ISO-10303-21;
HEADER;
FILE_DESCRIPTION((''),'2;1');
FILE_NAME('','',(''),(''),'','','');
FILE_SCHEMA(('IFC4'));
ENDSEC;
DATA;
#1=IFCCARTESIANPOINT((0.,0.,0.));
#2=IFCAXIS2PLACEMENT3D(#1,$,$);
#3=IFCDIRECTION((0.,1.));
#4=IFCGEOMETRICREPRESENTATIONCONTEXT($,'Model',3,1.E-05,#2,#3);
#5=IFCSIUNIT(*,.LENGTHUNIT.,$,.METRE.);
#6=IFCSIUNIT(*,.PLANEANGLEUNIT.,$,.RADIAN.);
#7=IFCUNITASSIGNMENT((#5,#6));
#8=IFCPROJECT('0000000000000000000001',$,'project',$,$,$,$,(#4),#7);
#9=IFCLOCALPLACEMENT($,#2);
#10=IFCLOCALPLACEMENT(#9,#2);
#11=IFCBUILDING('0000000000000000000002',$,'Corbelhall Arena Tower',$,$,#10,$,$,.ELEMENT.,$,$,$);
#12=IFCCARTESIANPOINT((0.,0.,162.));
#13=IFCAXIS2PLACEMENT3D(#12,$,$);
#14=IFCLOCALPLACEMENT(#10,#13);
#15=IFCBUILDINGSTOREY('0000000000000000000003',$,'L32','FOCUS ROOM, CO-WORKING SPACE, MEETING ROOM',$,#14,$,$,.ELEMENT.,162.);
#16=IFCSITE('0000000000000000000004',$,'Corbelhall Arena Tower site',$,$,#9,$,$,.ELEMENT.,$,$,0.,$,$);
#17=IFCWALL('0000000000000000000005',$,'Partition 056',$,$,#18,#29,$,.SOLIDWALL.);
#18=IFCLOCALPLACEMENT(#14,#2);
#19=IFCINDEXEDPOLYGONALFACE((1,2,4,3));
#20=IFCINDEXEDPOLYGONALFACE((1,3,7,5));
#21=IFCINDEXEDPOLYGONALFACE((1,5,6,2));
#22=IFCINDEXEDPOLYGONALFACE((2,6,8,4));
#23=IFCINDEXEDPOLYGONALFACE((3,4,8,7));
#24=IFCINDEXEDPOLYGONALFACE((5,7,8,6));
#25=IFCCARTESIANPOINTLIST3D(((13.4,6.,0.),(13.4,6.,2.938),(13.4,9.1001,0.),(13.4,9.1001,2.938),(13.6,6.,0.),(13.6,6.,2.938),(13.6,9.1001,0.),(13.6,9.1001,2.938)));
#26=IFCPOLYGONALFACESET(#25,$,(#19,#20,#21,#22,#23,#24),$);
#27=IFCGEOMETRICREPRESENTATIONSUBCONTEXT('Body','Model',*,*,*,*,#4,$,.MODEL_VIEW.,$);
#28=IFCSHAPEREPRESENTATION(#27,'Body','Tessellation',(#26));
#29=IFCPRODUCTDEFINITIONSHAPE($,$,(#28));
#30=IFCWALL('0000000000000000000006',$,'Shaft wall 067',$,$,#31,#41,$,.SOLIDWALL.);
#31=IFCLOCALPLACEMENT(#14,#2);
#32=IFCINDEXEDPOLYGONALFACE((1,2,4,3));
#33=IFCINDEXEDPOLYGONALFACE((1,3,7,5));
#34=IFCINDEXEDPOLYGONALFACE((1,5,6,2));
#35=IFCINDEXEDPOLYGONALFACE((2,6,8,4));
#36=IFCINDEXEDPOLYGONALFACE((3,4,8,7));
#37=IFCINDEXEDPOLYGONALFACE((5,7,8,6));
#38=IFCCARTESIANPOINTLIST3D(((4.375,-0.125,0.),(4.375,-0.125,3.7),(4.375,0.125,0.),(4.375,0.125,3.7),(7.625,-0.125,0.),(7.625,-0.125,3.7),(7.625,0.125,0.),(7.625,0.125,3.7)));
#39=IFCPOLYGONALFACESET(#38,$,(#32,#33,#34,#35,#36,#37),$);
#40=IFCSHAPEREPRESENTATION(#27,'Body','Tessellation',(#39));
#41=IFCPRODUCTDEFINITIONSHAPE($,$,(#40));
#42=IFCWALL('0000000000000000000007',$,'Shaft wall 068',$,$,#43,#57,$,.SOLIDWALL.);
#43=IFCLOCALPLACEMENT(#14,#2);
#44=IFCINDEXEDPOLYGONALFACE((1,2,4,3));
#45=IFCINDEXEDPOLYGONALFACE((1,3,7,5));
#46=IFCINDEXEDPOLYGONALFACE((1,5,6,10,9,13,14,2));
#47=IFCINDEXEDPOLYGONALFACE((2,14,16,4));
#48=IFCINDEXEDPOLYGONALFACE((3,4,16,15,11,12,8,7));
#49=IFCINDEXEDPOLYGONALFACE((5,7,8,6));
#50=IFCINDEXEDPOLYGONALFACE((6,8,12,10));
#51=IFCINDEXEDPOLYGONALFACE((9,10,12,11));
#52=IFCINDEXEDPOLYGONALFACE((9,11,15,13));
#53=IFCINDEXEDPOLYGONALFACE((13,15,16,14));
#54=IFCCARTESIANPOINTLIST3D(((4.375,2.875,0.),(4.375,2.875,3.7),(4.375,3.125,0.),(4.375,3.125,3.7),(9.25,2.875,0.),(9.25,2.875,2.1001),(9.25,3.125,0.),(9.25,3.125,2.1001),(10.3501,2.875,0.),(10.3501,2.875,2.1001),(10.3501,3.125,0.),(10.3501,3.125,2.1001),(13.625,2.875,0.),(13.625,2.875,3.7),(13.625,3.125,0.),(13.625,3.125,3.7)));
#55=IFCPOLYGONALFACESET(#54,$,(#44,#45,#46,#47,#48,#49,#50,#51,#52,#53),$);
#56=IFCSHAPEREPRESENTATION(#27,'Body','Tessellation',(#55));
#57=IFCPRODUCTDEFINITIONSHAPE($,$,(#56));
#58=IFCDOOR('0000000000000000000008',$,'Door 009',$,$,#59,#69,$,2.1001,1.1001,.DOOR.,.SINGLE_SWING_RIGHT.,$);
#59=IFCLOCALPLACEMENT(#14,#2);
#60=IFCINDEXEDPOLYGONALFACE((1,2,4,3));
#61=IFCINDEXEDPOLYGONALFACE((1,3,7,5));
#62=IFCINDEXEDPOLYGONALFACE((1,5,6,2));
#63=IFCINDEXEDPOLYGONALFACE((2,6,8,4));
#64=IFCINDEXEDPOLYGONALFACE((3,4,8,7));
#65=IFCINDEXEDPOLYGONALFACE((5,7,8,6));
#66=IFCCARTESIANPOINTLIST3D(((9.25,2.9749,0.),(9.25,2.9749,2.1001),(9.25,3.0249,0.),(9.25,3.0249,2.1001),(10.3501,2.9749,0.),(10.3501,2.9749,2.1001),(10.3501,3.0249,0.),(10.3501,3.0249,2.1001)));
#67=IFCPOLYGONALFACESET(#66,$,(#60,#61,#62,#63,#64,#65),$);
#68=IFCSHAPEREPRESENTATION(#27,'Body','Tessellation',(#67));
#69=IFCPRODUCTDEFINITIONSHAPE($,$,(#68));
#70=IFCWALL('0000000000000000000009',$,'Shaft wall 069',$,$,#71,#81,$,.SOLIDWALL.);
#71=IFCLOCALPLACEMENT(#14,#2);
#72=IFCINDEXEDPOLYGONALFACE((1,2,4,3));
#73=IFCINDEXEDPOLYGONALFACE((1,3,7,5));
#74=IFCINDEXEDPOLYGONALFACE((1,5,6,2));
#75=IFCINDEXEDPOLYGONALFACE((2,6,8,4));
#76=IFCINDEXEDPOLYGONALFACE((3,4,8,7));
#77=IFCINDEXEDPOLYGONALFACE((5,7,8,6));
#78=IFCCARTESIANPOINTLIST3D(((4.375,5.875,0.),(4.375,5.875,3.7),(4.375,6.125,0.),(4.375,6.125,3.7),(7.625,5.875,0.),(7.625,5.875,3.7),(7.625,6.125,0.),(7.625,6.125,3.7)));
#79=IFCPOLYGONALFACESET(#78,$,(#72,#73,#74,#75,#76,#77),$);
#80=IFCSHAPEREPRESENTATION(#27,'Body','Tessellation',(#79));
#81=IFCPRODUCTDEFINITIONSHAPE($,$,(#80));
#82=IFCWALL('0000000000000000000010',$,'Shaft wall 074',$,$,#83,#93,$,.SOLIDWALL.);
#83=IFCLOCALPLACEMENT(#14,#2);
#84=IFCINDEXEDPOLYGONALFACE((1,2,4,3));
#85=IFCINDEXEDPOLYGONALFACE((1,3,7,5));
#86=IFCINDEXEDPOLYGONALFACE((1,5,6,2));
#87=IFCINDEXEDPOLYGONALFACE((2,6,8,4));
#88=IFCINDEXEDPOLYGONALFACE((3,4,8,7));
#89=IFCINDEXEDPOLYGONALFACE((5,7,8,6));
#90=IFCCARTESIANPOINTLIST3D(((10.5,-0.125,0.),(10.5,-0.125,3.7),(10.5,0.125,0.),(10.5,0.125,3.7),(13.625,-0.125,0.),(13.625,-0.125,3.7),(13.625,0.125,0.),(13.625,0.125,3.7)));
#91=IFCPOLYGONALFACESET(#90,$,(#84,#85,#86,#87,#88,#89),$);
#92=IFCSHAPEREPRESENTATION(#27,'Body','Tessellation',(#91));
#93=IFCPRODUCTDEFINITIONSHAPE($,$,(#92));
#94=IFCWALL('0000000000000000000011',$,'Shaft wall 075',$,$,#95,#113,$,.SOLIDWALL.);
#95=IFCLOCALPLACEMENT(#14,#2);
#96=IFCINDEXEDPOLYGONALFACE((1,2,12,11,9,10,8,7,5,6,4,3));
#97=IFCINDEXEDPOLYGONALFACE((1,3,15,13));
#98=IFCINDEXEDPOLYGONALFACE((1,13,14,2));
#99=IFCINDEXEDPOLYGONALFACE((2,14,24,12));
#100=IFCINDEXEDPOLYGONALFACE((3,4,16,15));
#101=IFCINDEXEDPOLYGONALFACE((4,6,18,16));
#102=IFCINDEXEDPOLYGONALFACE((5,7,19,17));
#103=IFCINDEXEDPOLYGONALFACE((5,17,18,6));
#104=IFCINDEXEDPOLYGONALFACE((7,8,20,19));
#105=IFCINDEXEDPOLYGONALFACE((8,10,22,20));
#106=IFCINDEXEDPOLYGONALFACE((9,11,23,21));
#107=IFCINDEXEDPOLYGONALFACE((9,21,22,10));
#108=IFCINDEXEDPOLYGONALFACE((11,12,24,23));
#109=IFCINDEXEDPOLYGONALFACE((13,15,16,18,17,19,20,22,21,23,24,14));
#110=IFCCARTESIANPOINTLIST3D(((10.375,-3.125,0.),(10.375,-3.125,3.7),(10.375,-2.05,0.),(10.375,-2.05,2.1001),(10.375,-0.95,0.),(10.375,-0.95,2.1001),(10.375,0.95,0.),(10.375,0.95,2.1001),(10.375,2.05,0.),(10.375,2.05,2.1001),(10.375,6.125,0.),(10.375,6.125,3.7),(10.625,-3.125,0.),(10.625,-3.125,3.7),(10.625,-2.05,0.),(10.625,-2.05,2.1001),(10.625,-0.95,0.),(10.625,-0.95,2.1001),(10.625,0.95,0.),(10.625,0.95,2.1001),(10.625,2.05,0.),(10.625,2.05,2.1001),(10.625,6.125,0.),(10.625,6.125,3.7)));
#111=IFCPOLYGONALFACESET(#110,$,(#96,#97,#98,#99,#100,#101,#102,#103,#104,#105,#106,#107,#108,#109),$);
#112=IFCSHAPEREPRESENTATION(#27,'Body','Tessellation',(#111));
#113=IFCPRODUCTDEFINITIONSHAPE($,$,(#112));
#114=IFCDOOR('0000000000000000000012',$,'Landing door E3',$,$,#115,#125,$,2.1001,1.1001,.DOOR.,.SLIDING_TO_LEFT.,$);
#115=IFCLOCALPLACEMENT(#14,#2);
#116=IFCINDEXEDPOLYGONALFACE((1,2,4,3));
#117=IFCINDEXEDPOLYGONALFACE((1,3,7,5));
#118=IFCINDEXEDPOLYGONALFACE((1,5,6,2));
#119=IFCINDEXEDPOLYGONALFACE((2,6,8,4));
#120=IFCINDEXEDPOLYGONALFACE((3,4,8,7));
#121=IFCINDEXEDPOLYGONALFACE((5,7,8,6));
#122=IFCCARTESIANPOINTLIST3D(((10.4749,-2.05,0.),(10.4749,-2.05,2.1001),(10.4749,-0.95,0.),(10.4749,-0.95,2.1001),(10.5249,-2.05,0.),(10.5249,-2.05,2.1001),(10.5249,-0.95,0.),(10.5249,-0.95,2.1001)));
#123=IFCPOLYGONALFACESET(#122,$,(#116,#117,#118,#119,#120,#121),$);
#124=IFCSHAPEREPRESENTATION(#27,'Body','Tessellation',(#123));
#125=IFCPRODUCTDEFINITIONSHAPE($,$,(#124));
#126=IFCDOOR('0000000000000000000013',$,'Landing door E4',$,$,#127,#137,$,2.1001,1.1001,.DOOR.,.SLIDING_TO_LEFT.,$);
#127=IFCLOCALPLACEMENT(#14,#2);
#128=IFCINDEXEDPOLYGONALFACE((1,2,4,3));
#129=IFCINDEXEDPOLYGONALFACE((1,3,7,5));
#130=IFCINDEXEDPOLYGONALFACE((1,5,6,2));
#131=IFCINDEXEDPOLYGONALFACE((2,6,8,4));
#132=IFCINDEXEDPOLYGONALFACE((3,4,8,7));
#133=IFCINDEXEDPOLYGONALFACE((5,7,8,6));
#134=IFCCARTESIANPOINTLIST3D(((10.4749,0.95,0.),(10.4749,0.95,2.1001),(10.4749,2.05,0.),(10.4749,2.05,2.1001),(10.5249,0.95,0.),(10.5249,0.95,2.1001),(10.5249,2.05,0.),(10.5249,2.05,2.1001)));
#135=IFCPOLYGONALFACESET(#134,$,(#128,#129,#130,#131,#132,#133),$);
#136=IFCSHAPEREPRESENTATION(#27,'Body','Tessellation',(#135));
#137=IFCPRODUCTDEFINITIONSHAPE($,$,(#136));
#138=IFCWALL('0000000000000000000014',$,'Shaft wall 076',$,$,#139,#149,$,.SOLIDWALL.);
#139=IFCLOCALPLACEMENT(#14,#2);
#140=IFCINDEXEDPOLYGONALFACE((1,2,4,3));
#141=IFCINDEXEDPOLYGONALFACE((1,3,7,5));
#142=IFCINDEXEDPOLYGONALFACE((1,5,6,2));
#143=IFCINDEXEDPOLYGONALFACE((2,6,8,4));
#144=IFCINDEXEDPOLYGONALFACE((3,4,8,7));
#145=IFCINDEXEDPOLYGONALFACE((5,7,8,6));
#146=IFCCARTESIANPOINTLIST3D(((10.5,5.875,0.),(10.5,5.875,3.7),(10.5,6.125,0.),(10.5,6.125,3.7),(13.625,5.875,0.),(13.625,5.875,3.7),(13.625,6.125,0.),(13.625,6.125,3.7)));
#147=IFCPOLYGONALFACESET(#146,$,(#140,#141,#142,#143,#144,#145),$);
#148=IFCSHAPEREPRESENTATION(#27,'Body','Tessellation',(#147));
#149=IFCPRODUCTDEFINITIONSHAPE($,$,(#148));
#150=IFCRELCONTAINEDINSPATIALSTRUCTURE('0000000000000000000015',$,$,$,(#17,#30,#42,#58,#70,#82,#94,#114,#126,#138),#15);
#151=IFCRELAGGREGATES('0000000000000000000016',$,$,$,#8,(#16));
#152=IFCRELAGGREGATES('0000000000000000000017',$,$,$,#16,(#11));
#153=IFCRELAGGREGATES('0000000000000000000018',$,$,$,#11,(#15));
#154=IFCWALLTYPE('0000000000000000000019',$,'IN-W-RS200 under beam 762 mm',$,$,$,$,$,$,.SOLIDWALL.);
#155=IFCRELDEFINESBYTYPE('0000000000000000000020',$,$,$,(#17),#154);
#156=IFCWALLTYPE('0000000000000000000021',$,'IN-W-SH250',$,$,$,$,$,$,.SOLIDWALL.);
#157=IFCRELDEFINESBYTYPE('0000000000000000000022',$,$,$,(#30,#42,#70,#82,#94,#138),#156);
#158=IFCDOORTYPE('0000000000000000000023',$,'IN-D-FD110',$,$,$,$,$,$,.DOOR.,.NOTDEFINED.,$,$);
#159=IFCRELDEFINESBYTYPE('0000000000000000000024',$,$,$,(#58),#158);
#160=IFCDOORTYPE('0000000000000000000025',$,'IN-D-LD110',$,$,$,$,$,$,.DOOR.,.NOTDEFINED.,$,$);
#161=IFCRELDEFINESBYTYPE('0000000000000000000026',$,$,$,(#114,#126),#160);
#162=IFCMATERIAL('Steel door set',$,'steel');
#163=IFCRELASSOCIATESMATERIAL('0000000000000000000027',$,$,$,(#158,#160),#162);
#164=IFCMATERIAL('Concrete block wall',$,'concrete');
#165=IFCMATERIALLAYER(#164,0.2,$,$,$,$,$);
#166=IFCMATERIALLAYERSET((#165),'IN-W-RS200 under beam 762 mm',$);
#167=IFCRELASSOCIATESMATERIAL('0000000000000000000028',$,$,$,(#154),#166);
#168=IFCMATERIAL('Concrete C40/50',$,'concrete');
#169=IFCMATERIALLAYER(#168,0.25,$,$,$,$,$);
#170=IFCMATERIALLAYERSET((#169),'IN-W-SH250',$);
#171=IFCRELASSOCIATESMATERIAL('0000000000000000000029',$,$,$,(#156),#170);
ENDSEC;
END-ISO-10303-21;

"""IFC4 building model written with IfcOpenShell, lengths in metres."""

from ifc_helpers import new_model, si_unit, direction, frame, frame_2d, origin, place, context, subcontext, project, spatial, rectangle, extrude, material, layer, layer_set, type_object, element, fill, save


model = new_model("IFC4")

# Units and contexts
model_context = context("Model", 3, precision=1e-05, world=origin(), true_north=direction((0.0, 1.0)))
body_context = subcontext(model_context, "Body", "Model", "MODEL_VIEW")
ifc_project = project(units=[si_unit("LENGTHUNIT", "METRE"), si_unit("PLANEANGLEUNIT", "RADIAN")], contexts=[model_context])

# Site, building, storey
site_placement = place(None, origin())
site = spatial("IfcSite", under=ifc_project, at=site_placement, Name="Corbelhall Arena Tower site", CompositionType="ELEMENT", RefElevation=0.0)
building_placement = place(site_placement, origin())
building = spatial("IfcBuilding", under=site, at=building_placement, Name="Corbelhall Arena Tower", CompositionType="ELEMENT")
storey_placement = place(building_placement, frame((0.0, 0.0, 162.0)))
storey = spatial("IfcBuildingStorey", under=building, at=storey_placement, Name="L32", Description="FOCUS ROOM, CO-WORKING SPACE, MEETING ROOM", CompositionType="ELEMENT", Elevation=162.0)

# Shared definitions
ifc_material_1 = material(Name="Concrete C40/50", Category="concrete")

# Shared definitions
ifc_material_2 = material(Name="Concrete block wall", Category="concrete")
ifc_material_3 = material(Name="Steel door set", Category="steel")
door_type_1 = type_object("IfcDoorType", Name="IN-D-FD110", OperationType="NOTDEFINED", PredefinedType="DOOR", material=ifc_material_3)

# Walls
ifc_layer_1 = layer(ifc_material_2, 0.2)
ifc_layer_set_1 = layer_set([ifc_layer_1], Name="IN-W-RS200 under beam 762 mm")
wall_type_1 = type_object("IfcWallType", Name="IN-W-RS200 under beam 762 mm", PredefinedType="SOLIDWALL", material=ifc_layer_set_1)
wall_1_placement = place(storey_placement, frame((13.5, 9.1001, 0.0), z_axis=(0.0, 0.0, 1.0), x_axis=(0.0, -1.0, 0.0)))
element("IfcWall", 1, at=wall_1_placement, inside=storey, type_object=wall_type_1, Name="Partition 056", PredefinedType="SOLIDWALL", context=body_context, shape_type="SweptSolid", body=[
    extrude(rectangle(XDim=3.1001, YDim=0.2, at=frame_2d((1.55, 0.0))), origin(), (0.0, 0.0, 1.0), 2.938),
])
ifc_layer_2 = layer(ifc_material_1, 0.25)
ifc_layer_set_2 = layer_set([ifc_layer_2], Name="IN-W-SH250")
wall_type_2 = type_object("IfcWallType", Name="IN-W-SH250", PredefinedType="SOLIDWALL", material=ifc_layer_set_2)
wall_2_placement = place(storey_placement, frame((4.375, 0.0, 0.0), z_axis=(0.0, 0.0, 1.0), x_axis=(1.0, 0.0, 0.0)))
element("IfcWall", 2, at=wall_2_placement, inside=storey, type_object=wall_type_2, Name="Shaft wall 067", PredefinedType="SOLIDWALL", context=body_context, shape_type="SweptSolid", body=[
    extrude(rectangle(XDim=3.25, YDim=0.25, at=frame_2d((1.625, 0.0))), origin(), (0.0, 0.0, 1.0), 3.7),
])

# Wall, opening, door
wall_3_placement = place(storey_placement, frame((4.375, 3.0, 0.0), z_axis=(0.0, 0.0, 1.0), x_axis=(1.0, 0.0, 0.0)))
wall_3 = element("IfcWall", 3, at=wall_3_placement, inside=storey, type_object=wall_type_2, Name="Shaft wall 068", PredefinedType="SOLIDWALL", context=body_context, shape_type="SweptSolid", body=[
    extrude(rectangle(XDim=9.25, YDim=0.25, at=frame_2d((4.625, 0.0))), origin(), (0.0, 0.0, 1.0), 3.7),
])
opening_1_placement = place(wall_3_placement, frame((4.875, 0.0, 0.0)))
opening_1 = element("IfcOpeningElement", 4, at=opening_1_placement, cuts=wall_3, PredefinedType="OPENING", context=body_context, shape_type="SweptSolid", body=[
    extrude(rectangle(XDim=1.1001, YDim=2.1001, at=frame_2d((0.55, 1.05))), frame((0.0, 0.125, 0.0), z_axis=(0.0, -1.0, 0.0), x_axis=(1.0, 0.0, 0.0)), (0.0, 0.0, 1.0), 0.25),
])
door_1_placement = place(opening_1_placement, origin())
door_1 = element("IfcDoor", 5, at=door_1_placement, inside=storey, type_object=door_type_1, Name="Door 009", OperationType="SINGLE_SWING_RIGHT", OverallHeight=2.1001, OverallWidth=1.1001, PredefinedType="DOOR", context=body_context, shape_type="SweptSolid", body=[
    extrude(rectangle(XDim=1.1001, YDim=2.1001, at=frame_2d((0.55, 1.05))), frame((0.0, 0.0249, 0.0), z_axis=(0.0, -1.0, 0.0), x_axis=(1.0, 0.0, 0.0)), (0.0, 0.0, 1.0), 0.05),
])
fill(opening_1, door_1)

# Walls
wall_4_placement = place(storey_placement, frame((4.375, 6.0, 0.0), z_axis=(0.0, 0.0, 1.0), x_axis=(1.0, 0.0, 0.0)))
element("IfcWall", 6, at=wall_4_placement, inside=storey, type_object=wall_type_2, Name="Shaft wall 069", PredefinedType="SOLIDWALL", context=body_context, shape_type="SweptSolid", body=[
    extrude(rectangle(XDim=3.25, YDim=0.25, at=frame_2d((1.625, 0.0))), origin(), (0.0, 0.0, 1.0), 3.7),
])
wall_5_placement = place(storey_placement, frame((10.5, 0.0, 0.0), z_axis=(0.0, 0.0, 1.0), x_axis=(1.0, 0.0, 0.0)))
element("IfcWall", 7, at=wall_5_placement, inside=storey, type_object=wall_type_2, Name="Shaft wall 074", PredefinedType="SOLIDWALL", context=body_context, shape_type="SweptSolid", body=[
    extrude(rectangle(XDim=3.125, YDim=0.25, at=frame_2d((1.5625, 0.0))), origin(), (0.0, 0.0, 1.0), 3.7),
])

# Wall, openings, doors
wall_6_placement = place(storey_placement, frame((10.5, 6.125, 0.0), z_axis=(0.0, 0.0, 1.0), x_axis=(0.0, -1.0, 0.0)))
wall_6 = element("IfcWall", 8, at=wall_6_placement, inside=storey, type_object=wall_type_2, Name="Shaft wall 075", PredefinedType="SOLIDWALL", context=body_context, shape_type="SweptSolid", body=[
    extrude(rectangle(XDim=9.25, YDim=0.25, at=frame_2d((4.625, 0.0))), origin(), (0.0, 0.0, 1.0), 3.7),
])
opening_2_placement = place(wall_6_placement, frame((7.075, 0.0, 0.0)))
opening_2 = element("IfcOpeningElement", 9, at=opening_2_placement, cuts=wall_6, PredefinedType="OPENING", context=body_context, shape_type="SweptSolid", body=[
    extrude(rectangle(XDim=1.1001, YDim=2.1001, at=frame_2d((0.55, 1.05))), frame((0.0, 0.125, 0.0), z_axis=(0.0, -1.0, 0.0), x_axis=(1.0, 0.0, 0.0)), (0.0, 0.0, 1.0), 0.25),
])
opening_3_placement = place(wall_6_placement, frame((4.075, 0.0, 0.0)))
opening_3 = element("IfcOpeningElement", 10, at=opening_3_placement, cuts=wall_6, PredefinedType="OPENING", context=body_context, shape_type="SweptSolid", body=[
    extrude(rectangle(XDim=1.1001, YDim=2.1001, at=frame_2d((0.55, 1.05))), frame((0.0, 0.125, 0.0), z_axis=(0.0, -1.0, 0.0), x_axis=(1.0, 0.0, 0.0)), (0.0, 0.0, 1.0), 0.25),
])
door_type_2 = type_object("IfcDoorType", Name="IN-D-LD110", OperationType="NOTDEFINED", PredefinedType="DOOR", material=ifc_material_3)
door_2_placement = place(opening_2_placement, origin())
door_2 = element("IfcDoor", 11, at=door_2_placement, inside=storey, type_object=door_type_2, Name="Landing door E3", OperationType="SLIDING_TO_LEFT", OverallHeight=2.1001, OverallWidth=1.1001, PredefinedType="DOOR", context=body_context, shape_type="SweptSolid", body=[
    extrude(rectangle(XDim=1.1001, YDim=2.1001, at=frame_2d((0.55, 1.05))), frame((0.0, 0.0249, 0.0), z_axis=(0.0, -1.0, 0.0), x_axis=(1.0, 0.0, 0.0)), (0.0, 0.0, 1.0), 0.05),
])
fill(opening_2, door_2)
door_3_placement = place(opening_3_placement, origin())
door_3 = element("IfcDoor", 12, at=door_3_placement, inside=storey, type_object=door_type_2, Name="Landing door E4", OperationType="SLIDING_TO_LEFT", OverallHeight=2.1001, OverallWidth=1.1001, PredefinedType="DOOR", context=body_context, shape_type="SweptSolid", body=[
    extrude(rectangle(XDim=1.1001, YDim=2.1001, at=frame_2d((0.55, 1.05))), frame((0.0, 0.0249, 0.0), z_axis=(0.0, -1.0, 0.0), x_axis=(1.0, 0.0, 0.0)), (0.0, 0.0, 1.0), 0.05),
])
fill(opening_3, door_3)

# Wall
wall_7_placement = place(storey_placement, frame((10.5, 6.0, 0.0), z_axis=(0.0, 0.0, 1.0), x_axis=(1.0, 0.0, 0.0)))
element("IfcWall", 13, at=wall_7_placement, inside=storey, type_object=wall_type_2, Name="Shaft wall 076", PredefinedType="SOLIDWALL", context=body_context, shape_type="SweptSolid", body=[
    extrude(rectangle(XDim=3.125, YDim=0.25, at=frame_2d((1.5625, 0.0))), origin(), (0.0, 0.0, 1.0), 3.7),
])

save(model, "model.ifc")
